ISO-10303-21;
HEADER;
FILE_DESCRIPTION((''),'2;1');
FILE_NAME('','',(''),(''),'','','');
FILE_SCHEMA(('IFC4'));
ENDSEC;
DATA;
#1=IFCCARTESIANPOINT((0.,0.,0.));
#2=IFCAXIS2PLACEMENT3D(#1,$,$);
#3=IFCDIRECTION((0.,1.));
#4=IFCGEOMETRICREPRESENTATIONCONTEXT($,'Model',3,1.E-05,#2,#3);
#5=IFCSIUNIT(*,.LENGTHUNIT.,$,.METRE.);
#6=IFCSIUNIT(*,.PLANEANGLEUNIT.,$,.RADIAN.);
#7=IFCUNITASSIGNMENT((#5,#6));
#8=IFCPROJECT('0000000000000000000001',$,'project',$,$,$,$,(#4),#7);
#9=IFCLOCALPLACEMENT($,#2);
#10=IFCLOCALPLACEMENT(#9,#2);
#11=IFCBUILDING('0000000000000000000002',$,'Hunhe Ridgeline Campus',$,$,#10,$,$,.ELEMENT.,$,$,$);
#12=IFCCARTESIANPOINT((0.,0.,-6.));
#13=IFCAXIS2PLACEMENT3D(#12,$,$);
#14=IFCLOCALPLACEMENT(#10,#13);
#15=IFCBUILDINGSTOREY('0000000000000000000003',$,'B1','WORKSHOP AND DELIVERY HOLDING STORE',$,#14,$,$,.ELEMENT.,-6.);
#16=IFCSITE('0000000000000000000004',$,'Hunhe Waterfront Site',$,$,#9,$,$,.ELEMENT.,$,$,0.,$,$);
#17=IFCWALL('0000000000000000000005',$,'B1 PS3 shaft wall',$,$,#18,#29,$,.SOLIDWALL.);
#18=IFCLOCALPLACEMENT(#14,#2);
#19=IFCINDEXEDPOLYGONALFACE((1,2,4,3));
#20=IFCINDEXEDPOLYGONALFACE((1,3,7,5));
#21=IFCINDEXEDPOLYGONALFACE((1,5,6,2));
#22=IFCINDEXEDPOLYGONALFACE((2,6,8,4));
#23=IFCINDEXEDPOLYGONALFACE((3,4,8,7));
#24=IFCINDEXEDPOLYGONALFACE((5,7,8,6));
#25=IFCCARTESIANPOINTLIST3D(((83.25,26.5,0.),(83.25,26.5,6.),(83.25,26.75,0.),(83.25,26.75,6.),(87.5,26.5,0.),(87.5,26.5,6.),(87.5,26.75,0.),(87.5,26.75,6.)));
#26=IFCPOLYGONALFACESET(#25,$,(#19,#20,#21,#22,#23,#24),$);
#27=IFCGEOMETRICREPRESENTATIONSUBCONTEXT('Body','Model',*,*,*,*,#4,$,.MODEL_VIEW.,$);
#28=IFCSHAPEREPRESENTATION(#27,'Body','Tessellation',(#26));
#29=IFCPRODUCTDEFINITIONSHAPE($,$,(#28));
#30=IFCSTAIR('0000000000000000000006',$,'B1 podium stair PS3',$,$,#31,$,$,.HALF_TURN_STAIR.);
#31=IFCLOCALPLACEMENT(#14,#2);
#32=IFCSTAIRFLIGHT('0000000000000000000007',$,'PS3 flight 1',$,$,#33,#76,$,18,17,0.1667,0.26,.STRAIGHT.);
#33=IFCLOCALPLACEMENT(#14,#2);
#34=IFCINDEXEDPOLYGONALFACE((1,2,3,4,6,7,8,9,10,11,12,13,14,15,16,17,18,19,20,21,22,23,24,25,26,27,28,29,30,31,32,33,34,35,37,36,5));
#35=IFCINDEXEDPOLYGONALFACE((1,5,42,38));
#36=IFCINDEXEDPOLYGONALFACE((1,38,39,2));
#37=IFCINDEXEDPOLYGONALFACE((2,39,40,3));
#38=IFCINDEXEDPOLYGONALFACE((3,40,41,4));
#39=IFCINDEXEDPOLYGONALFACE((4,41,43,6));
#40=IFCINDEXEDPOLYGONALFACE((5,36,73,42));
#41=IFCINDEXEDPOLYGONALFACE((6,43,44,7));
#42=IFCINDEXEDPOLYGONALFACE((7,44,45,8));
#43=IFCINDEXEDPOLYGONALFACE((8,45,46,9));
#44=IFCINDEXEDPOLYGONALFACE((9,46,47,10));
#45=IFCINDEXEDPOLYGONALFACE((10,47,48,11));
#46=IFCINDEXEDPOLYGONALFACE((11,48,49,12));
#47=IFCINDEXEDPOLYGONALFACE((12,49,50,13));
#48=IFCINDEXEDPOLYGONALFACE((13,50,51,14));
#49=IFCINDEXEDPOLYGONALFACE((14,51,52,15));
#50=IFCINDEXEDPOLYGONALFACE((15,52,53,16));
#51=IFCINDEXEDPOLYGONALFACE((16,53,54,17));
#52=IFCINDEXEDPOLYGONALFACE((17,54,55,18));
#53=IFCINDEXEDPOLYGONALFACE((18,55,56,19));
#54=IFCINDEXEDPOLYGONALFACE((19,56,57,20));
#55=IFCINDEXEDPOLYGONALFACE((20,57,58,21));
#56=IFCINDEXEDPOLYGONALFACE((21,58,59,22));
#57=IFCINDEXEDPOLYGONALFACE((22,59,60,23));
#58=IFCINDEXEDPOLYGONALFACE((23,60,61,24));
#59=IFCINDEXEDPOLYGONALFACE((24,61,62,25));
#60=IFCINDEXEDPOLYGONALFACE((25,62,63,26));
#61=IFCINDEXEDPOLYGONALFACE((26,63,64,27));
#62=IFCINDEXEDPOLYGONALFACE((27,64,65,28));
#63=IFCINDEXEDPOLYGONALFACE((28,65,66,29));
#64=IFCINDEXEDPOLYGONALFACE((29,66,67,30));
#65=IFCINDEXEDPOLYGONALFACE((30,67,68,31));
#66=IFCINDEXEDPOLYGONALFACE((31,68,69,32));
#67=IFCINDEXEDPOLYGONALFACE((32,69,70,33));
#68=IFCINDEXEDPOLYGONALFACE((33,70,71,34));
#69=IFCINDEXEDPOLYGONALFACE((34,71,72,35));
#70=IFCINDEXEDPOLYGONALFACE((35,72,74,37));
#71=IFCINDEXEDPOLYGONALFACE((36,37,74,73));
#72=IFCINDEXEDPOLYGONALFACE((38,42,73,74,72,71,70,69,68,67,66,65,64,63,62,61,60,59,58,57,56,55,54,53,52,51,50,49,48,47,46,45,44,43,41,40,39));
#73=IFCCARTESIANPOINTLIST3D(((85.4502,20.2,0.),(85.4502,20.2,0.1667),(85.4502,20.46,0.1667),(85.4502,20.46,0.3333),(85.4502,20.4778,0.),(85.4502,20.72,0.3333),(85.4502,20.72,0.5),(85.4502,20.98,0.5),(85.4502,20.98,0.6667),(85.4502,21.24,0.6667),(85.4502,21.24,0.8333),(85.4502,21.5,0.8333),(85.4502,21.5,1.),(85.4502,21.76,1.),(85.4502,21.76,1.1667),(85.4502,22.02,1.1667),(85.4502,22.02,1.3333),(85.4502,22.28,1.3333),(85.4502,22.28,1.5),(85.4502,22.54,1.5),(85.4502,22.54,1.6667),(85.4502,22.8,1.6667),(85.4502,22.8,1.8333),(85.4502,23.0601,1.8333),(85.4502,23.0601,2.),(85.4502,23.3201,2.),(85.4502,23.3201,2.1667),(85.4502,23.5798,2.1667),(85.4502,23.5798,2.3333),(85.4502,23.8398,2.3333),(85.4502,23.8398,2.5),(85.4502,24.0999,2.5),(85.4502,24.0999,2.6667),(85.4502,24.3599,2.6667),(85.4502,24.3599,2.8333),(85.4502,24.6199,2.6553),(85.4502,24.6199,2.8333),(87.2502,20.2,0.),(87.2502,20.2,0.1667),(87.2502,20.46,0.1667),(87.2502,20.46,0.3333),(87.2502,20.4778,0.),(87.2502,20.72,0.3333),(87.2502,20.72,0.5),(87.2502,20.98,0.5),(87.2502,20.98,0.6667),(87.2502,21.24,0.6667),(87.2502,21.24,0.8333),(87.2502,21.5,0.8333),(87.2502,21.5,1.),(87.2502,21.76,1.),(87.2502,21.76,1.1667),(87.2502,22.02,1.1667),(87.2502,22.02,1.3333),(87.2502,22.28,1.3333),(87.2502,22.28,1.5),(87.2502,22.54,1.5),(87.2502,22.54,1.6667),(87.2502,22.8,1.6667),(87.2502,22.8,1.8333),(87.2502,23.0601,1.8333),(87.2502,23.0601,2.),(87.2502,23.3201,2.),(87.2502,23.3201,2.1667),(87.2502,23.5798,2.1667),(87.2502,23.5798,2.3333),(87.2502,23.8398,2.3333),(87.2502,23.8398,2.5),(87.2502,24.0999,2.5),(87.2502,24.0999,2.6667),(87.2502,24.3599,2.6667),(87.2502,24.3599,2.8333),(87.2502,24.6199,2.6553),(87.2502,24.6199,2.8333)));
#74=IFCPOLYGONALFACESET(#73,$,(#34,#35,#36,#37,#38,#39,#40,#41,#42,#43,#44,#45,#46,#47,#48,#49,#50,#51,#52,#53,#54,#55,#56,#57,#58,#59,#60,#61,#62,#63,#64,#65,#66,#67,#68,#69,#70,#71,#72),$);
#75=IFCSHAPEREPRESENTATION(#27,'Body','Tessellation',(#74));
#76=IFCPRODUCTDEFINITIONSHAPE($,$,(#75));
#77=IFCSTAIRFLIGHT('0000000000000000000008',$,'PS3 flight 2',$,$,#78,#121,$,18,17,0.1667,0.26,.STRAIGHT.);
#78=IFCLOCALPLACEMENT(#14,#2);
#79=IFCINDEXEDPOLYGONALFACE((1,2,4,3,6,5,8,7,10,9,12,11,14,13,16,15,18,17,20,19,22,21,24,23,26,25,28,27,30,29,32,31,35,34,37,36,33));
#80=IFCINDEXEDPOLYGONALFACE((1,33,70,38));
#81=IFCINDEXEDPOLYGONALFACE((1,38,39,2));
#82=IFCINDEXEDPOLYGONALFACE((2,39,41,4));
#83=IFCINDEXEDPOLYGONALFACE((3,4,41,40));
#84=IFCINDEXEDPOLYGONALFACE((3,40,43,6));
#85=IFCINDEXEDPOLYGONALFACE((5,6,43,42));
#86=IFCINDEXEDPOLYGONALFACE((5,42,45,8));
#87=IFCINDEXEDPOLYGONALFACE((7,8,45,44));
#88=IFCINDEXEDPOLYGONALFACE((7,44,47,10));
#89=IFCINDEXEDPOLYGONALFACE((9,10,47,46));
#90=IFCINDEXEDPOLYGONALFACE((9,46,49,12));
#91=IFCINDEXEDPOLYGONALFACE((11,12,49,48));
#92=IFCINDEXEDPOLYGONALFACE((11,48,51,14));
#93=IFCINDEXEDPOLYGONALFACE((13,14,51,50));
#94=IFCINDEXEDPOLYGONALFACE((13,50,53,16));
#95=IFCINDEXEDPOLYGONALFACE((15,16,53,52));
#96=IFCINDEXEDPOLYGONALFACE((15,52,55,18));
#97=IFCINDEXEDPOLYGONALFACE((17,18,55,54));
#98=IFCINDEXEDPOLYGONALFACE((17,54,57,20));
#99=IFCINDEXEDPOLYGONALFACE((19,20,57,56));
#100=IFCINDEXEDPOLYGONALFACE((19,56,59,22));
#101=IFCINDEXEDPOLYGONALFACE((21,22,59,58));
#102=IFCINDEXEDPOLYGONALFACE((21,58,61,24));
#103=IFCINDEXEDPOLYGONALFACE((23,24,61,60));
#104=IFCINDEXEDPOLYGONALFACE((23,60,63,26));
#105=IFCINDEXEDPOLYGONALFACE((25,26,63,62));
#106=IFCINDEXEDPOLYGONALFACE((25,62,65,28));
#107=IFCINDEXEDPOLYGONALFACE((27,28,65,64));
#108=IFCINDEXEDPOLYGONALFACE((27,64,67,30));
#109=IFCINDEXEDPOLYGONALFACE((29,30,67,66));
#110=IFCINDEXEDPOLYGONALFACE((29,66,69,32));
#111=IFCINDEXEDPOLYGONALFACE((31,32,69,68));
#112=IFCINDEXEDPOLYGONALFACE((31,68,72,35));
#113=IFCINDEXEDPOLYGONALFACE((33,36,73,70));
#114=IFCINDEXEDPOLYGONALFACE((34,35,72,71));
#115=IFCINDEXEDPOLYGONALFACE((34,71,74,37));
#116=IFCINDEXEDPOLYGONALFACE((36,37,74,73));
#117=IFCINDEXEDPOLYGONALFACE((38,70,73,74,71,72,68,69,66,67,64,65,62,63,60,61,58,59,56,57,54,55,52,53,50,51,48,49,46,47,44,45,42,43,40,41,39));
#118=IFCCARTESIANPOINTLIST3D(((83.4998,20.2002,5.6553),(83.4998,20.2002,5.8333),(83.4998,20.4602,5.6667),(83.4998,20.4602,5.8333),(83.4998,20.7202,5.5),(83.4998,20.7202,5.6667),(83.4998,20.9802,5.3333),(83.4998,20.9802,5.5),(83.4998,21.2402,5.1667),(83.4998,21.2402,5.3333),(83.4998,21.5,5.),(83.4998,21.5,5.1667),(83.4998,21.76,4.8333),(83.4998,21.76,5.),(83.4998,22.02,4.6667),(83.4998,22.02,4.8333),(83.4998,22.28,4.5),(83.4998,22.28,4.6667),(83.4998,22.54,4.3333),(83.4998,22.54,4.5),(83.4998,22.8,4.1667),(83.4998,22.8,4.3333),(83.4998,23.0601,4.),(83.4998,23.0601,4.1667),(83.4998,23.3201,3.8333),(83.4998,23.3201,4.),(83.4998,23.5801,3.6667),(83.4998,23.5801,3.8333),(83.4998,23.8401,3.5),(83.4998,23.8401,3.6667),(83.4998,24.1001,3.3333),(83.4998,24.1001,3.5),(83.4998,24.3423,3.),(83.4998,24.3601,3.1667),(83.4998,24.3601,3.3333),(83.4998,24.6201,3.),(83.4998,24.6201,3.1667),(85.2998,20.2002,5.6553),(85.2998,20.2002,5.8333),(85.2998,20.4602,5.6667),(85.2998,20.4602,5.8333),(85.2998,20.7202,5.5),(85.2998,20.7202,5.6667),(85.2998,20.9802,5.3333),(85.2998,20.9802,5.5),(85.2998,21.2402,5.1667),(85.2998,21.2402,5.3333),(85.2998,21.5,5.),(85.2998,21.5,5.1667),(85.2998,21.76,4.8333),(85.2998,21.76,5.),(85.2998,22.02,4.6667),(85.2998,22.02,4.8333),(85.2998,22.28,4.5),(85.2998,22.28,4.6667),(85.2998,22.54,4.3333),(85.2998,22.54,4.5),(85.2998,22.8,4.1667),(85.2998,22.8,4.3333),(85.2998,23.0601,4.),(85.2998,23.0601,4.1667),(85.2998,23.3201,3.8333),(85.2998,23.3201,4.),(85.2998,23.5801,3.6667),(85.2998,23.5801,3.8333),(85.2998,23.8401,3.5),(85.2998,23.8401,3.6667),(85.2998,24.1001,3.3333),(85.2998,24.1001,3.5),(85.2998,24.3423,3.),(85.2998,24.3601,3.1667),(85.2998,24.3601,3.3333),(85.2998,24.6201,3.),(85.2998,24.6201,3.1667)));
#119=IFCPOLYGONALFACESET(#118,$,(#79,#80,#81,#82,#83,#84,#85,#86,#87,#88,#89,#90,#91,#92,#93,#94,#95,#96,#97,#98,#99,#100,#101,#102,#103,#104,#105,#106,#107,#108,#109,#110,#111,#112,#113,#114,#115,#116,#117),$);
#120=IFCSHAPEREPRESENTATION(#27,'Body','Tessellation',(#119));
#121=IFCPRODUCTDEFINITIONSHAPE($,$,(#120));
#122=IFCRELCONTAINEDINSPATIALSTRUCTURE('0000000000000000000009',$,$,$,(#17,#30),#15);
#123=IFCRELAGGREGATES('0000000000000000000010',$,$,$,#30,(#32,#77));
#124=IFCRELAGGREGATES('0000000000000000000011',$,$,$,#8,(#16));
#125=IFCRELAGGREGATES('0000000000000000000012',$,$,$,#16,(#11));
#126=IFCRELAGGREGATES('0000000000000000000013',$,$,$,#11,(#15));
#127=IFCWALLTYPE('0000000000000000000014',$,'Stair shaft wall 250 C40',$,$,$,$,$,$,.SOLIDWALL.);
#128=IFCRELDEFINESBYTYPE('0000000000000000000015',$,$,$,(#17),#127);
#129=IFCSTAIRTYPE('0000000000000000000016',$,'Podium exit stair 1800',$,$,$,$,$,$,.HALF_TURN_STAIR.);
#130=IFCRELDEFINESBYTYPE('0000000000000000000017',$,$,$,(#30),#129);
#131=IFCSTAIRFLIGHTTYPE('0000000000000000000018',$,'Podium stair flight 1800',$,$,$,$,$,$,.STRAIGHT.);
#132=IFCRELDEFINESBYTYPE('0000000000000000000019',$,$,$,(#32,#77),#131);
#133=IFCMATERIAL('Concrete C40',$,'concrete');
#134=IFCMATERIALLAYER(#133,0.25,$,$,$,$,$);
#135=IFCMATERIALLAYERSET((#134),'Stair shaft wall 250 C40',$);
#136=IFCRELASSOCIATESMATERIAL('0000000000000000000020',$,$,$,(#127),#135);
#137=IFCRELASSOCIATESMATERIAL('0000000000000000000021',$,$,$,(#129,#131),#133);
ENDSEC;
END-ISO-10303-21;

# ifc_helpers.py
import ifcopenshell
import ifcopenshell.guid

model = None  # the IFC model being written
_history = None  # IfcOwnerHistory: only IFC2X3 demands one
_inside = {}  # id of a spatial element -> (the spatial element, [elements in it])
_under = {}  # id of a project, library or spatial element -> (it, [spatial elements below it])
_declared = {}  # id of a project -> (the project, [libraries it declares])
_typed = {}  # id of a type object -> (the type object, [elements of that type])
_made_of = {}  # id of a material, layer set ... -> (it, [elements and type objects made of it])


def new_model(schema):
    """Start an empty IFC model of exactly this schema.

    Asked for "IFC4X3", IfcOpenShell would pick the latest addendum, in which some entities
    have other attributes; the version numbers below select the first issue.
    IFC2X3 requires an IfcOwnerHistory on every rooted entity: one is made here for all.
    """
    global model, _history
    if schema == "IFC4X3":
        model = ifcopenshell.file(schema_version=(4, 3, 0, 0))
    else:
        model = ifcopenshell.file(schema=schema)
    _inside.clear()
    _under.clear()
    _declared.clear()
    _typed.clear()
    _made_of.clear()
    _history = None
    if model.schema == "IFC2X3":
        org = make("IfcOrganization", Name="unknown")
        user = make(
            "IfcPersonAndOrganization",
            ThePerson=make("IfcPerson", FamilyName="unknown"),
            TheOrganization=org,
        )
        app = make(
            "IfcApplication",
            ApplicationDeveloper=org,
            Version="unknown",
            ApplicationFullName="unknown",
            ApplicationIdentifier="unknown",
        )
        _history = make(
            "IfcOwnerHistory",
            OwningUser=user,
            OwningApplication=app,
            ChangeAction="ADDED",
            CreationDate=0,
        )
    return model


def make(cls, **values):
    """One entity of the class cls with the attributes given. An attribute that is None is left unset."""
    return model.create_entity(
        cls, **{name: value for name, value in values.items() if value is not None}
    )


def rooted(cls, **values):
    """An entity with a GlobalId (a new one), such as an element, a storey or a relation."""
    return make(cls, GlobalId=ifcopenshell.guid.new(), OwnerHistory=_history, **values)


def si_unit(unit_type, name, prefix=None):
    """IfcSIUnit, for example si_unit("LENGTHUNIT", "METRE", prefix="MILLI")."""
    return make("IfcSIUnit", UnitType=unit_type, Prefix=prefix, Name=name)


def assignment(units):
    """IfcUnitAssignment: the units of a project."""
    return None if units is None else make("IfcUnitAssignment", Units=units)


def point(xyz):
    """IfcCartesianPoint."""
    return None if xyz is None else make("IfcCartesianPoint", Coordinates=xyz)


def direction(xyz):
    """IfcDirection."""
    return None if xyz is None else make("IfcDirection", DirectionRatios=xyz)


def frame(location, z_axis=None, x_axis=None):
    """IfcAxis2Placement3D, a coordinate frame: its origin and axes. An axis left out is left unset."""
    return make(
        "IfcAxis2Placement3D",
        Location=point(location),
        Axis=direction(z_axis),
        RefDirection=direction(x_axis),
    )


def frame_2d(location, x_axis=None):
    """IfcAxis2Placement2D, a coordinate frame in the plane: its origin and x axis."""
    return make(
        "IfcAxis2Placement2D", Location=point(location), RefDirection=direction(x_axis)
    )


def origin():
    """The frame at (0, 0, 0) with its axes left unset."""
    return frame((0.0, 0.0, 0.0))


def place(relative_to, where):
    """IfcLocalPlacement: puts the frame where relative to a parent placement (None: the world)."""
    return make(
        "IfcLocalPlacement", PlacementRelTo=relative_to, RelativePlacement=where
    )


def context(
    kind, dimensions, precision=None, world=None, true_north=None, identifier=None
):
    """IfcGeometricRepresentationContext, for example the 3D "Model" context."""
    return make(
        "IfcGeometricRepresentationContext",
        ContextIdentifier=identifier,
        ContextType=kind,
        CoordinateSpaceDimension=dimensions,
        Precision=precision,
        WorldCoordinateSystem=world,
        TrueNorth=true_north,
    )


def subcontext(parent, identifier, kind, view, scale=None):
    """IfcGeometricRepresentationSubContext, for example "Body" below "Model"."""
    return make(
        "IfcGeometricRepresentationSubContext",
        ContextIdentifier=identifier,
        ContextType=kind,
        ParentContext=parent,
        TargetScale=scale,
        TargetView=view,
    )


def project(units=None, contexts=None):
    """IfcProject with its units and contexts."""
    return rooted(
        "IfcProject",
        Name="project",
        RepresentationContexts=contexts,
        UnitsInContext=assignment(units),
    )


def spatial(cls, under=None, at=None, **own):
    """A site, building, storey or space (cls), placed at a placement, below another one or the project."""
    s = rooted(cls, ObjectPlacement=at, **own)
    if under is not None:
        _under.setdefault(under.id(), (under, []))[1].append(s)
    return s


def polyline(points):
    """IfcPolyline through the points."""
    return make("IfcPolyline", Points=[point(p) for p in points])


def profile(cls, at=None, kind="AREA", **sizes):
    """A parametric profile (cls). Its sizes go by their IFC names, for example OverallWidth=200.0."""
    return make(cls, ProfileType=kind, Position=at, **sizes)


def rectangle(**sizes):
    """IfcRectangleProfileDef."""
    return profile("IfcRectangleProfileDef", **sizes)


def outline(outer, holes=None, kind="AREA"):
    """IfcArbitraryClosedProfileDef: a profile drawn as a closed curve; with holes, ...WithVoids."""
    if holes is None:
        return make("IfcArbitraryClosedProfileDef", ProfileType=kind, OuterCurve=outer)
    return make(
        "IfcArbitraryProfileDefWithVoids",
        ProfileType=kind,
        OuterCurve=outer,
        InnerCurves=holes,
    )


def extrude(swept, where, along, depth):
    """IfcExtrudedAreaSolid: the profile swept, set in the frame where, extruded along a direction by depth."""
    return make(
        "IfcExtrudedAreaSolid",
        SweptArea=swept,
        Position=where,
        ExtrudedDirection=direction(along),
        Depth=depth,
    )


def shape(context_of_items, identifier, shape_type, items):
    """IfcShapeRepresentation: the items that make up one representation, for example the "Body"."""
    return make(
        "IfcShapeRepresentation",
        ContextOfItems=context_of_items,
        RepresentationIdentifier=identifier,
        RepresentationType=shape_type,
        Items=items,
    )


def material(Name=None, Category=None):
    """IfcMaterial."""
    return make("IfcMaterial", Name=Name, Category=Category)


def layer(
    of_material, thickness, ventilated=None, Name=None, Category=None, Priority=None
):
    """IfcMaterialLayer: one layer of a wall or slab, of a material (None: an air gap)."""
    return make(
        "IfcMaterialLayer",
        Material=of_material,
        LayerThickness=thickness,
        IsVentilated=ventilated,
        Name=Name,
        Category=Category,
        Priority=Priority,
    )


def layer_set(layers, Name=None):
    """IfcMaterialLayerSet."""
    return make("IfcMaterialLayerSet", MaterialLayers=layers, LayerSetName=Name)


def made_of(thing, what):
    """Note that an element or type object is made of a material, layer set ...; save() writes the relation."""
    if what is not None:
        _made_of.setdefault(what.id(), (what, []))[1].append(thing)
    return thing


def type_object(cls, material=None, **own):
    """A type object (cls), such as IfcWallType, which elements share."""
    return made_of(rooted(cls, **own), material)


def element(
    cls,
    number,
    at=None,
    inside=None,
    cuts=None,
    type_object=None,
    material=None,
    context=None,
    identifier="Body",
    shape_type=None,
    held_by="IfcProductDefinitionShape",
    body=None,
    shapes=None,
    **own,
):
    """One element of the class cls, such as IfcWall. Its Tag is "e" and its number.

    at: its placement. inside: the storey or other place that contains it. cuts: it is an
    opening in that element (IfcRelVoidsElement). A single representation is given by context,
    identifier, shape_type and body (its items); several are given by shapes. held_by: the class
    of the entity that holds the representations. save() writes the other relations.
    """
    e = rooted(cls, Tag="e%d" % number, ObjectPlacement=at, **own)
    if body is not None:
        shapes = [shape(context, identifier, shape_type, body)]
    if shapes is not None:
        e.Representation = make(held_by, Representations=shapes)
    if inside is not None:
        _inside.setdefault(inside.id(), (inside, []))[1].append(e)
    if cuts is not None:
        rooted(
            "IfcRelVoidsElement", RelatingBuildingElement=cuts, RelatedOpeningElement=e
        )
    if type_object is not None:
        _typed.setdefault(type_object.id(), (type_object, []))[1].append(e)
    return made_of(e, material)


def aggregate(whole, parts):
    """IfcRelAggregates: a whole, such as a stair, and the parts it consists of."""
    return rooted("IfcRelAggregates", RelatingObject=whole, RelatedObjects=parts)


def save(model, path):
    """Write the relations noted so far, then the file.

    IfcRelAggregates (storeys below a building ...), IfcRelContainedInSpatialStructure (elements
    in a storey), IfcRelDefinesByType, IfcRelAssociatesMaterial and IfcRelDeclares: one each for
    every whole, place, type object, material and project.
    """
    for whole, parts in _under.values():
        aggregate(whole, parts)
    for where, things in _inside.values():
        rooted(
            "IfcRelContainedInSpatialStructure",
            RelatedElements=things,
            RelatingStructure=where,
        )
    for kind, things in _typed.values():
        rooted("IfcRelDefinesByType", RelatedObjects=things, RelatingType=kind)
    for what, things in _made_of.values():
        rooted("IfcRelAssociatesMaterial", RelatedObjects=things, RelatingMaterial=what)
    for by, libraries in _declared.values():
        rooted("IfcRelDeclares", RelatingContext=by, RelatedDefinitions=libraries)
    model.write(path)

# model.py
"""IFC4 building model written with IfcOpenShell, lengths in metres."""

from ifc_helpers import new_model, si_unit, direction, frame, frame_2d, origin, place, context, subcontext, project, spatial, polyline, rectangle, outline, extrude, material, layer, layer_set, type_object, element, aggregate, save


model = new_model("IFC4")

# Units and contexts
model_context = context("Model", 3, precision=1e-05, world=origin(), true_north=direction((0.0, 1.0)))
body_context = subcontext(model_context, "Body", "Model", "MODEL_VIEW")
ifc_project = project(units=[si_unit("LENGTHUNIT", "METRE"), si_unit("PLANEANGLEUNIT", "RADIAN")], contexts=[model_context])

# Site, building, storey
site_placement = place(None, origin())
site = spatial("IfcSite", under=ifc_project, at=site_placement, Name="Hunhe Waterfront Site", CompositionType="ELEMENT", RefElevation=0.0)
building_placement = place(site_placement, origin())
building = spatial("IfcBuilding", under=site, at=building_placement, Name="Hunhe Ridgeline Campus", CompositionType="ELEMENT")
storey_placement = place(building_placement, frame((0.0, 0.0, -6.0)))
storey = spatial("IfcBuildingStorey", under=building, at=storey_placement, Name="B1", Description="WORKSHOP AND DELIVERY HOLDING STORE", CompositionType="ELEMENT", Elevation=-6.0)

# Shared definitions
ifc_material_1 = material(Name="Concrete C40", Category="concrete")
ifc_layer_1 = layer(ifc_material_1, 0.25)
ifc_layer_set_1 = layer_set([ifc_layer_1], Name="Stair shaft wall 250 C40")
wall_type_1 = type_object("IfcWallType", Name="Stair shaft wall 250 C40", PredefinedType="SOLIDWALL", material=ifc_layer_set_1)

# Wall
wall_1_placement = place(storey_placement, frame((83.25, 26.625, 0.0), z_axis=(0.0, 0.0, 1.0), x_axis=(1.0, 0.0, 0.0)))
element("IfcWall", 1, at=wall_1_placement, inside=storey, type_object=wall_type_1, Name="B1 PS3 shaft wall", PredefinedType="SOLIDWALL", context=body_context, shape_type="SweptSolid", body=[
    extrude(rectangle(XDim=4.25, YDim=0.25, at=frame_2d((2.125, 0.0))), origin(), (0.0, 0.0, 1.0), 6.0),
])

# Stair, stair flights
stair_type = type_object("IfcStairType", Name="Podium exit stair 1800", PredefinedType="HALF_TURN_STAIR", material=ifc_material_1)
stair_placement = place(storey_placement, origin())
stair = element("IfcStair", 2, at=stair_placement, inside=storey, type_object=stair_type, Name="B1 podium stair PS3", PredefinedType="HALF_TURN_STAIR")
stair_flight_type = type_object("IfcStairFlightType", Name="Podium stair flight 1800", PredefinedType="STRAIGHT", material=ifc_material_1)
stair_flight_1_placement = place(storey_placement, frame((86.3501, 20.2, 0.0), z_axis=(0.0, 0.0, 1.0), x_axis=(0.0, 1.0, 0.0)))
stair_flight_1 = element("IfcStairFlight", 3, at=stair_flight_1_placement, type_object=stair_flight_type, Name="PS3 flight 1", NumberOfRisers=18, NumberOfTreads=17, PredefinedType="STRAIGHT", RiserHeight=0.1667, TreadLength=0.26, context=body_context, shape_type="SweptSolid", body=[
    extrude(outline(polyline([(0.0, 0.0), (0.0, 0.1667), (0.26, 0.1667), (0.26, 0.3333), (0.52, 0.3333), (0.52, 0.5), (0.78, 0.5), (0.78, 0.6667), (1.04, 0.6667), (1.04, 0.8333), (1.3, 0.8333), (1.3, 1.0), (1.5601, 1.0), (1.5601, 1.1667), (1.8201, 1.1667), (1.8201, 1.3333), (2.0801, 1.3333), (2.0801, 1.5), (2.3401, 1.5), (2.3401, 1.6667), (2.6001, 1.6667), (2.6001, 1.8333), (2.8601, 1.8333), (2.8601, 2.0), (3.1201, 2.0), (3.1201, 2.1667), (3.3799, 2.1667), (3.3799, 2.3333), (3.6399, 2.3333), (3.6399, 2.5), (3.8999, 2.5), (3.8999, 2.6667), (4.1599, 2.6667), (4.1599, 2.8333), (4.4199, 2.8333), (4.4199, 3.0), (4.4199, 2.6553), (0.2778, 0.0), (0.0, 0.0)])), frame((0.0, 0.8999, 0.0), z_axis=(0.0, -1.0, 0.0), x_axis=(1.0, 0.0, 0.0)), (0.0, 0.0, 1.0), 1.8),
])
stair_flight_2_placement = place(storey_placement, frame((84.3999, 24.6201, 3.0), z_axis=(0.0, 0.0, 1.0), x_axis=(0.0, -1.0, 0.0)))
stair_flight_2 = element("IfcStairFlight", 4, at=stair_flight_2_placement, type_object=stair_flight_type, Name="PS3 flight 2", NumberOfRisers=18, NumberOfTreads=17, PredefinedType="STRAIGHT", RiserHeight=0.1667, TreadLength=0.26, context=body_context, shape_type="SweptSolid", body=[
    extrude(outline(polyline([(0.0, 0.0), (0.0, 0.1667), (0.26, 0.1667), (0.26, 0.3333), (0.52, 0.3333), (0.52, 0.5), (0.78, 0.5), (0.78, 0.6667), (1.04, 0.6667), (1.04, 0.8333), (1.3, 0.8333), (1.3, 1.0), (1.5601, 1.0), (1.5601, 1.1667), (1.8201, 1.1667), (1.8201, 1.3333), (2.0801, 1.3333), (2.0801, 1.5), (2.3401, 1.5), (2.3401, 1.6667), (2.6001, 1.6667), (2.6001, 1.8333), (2.8601, 1.8333), (2.8601, 2.0), (3.1201, 2.0), (3.1201, 2.1667), (3.3799, 2.1667), (3.3799, 2.3333), (3.6399, 2.3333), (3.6399, 2.5), (3.8999, 2.5), (3.8999, 2.6667), (4.1599, 2.6667), (4.1599, 2.8333), (4.4199, 2.8333), (4.4199, 3.0), (4.4199, 2.6553), (0.2778, 0.0), (0.0, 0.0)])), frame((0.0, 0.8999, 0.0), z_axis=(0.0, -1.0, 0.0), x_axis=(1.0, 0.0, 0.0)), (0.0, 0.0, 1.0), 1.8),
])
aggregate(stair, [stair_flight_1, stair_flight_2])

save(model, "model.ifc")
